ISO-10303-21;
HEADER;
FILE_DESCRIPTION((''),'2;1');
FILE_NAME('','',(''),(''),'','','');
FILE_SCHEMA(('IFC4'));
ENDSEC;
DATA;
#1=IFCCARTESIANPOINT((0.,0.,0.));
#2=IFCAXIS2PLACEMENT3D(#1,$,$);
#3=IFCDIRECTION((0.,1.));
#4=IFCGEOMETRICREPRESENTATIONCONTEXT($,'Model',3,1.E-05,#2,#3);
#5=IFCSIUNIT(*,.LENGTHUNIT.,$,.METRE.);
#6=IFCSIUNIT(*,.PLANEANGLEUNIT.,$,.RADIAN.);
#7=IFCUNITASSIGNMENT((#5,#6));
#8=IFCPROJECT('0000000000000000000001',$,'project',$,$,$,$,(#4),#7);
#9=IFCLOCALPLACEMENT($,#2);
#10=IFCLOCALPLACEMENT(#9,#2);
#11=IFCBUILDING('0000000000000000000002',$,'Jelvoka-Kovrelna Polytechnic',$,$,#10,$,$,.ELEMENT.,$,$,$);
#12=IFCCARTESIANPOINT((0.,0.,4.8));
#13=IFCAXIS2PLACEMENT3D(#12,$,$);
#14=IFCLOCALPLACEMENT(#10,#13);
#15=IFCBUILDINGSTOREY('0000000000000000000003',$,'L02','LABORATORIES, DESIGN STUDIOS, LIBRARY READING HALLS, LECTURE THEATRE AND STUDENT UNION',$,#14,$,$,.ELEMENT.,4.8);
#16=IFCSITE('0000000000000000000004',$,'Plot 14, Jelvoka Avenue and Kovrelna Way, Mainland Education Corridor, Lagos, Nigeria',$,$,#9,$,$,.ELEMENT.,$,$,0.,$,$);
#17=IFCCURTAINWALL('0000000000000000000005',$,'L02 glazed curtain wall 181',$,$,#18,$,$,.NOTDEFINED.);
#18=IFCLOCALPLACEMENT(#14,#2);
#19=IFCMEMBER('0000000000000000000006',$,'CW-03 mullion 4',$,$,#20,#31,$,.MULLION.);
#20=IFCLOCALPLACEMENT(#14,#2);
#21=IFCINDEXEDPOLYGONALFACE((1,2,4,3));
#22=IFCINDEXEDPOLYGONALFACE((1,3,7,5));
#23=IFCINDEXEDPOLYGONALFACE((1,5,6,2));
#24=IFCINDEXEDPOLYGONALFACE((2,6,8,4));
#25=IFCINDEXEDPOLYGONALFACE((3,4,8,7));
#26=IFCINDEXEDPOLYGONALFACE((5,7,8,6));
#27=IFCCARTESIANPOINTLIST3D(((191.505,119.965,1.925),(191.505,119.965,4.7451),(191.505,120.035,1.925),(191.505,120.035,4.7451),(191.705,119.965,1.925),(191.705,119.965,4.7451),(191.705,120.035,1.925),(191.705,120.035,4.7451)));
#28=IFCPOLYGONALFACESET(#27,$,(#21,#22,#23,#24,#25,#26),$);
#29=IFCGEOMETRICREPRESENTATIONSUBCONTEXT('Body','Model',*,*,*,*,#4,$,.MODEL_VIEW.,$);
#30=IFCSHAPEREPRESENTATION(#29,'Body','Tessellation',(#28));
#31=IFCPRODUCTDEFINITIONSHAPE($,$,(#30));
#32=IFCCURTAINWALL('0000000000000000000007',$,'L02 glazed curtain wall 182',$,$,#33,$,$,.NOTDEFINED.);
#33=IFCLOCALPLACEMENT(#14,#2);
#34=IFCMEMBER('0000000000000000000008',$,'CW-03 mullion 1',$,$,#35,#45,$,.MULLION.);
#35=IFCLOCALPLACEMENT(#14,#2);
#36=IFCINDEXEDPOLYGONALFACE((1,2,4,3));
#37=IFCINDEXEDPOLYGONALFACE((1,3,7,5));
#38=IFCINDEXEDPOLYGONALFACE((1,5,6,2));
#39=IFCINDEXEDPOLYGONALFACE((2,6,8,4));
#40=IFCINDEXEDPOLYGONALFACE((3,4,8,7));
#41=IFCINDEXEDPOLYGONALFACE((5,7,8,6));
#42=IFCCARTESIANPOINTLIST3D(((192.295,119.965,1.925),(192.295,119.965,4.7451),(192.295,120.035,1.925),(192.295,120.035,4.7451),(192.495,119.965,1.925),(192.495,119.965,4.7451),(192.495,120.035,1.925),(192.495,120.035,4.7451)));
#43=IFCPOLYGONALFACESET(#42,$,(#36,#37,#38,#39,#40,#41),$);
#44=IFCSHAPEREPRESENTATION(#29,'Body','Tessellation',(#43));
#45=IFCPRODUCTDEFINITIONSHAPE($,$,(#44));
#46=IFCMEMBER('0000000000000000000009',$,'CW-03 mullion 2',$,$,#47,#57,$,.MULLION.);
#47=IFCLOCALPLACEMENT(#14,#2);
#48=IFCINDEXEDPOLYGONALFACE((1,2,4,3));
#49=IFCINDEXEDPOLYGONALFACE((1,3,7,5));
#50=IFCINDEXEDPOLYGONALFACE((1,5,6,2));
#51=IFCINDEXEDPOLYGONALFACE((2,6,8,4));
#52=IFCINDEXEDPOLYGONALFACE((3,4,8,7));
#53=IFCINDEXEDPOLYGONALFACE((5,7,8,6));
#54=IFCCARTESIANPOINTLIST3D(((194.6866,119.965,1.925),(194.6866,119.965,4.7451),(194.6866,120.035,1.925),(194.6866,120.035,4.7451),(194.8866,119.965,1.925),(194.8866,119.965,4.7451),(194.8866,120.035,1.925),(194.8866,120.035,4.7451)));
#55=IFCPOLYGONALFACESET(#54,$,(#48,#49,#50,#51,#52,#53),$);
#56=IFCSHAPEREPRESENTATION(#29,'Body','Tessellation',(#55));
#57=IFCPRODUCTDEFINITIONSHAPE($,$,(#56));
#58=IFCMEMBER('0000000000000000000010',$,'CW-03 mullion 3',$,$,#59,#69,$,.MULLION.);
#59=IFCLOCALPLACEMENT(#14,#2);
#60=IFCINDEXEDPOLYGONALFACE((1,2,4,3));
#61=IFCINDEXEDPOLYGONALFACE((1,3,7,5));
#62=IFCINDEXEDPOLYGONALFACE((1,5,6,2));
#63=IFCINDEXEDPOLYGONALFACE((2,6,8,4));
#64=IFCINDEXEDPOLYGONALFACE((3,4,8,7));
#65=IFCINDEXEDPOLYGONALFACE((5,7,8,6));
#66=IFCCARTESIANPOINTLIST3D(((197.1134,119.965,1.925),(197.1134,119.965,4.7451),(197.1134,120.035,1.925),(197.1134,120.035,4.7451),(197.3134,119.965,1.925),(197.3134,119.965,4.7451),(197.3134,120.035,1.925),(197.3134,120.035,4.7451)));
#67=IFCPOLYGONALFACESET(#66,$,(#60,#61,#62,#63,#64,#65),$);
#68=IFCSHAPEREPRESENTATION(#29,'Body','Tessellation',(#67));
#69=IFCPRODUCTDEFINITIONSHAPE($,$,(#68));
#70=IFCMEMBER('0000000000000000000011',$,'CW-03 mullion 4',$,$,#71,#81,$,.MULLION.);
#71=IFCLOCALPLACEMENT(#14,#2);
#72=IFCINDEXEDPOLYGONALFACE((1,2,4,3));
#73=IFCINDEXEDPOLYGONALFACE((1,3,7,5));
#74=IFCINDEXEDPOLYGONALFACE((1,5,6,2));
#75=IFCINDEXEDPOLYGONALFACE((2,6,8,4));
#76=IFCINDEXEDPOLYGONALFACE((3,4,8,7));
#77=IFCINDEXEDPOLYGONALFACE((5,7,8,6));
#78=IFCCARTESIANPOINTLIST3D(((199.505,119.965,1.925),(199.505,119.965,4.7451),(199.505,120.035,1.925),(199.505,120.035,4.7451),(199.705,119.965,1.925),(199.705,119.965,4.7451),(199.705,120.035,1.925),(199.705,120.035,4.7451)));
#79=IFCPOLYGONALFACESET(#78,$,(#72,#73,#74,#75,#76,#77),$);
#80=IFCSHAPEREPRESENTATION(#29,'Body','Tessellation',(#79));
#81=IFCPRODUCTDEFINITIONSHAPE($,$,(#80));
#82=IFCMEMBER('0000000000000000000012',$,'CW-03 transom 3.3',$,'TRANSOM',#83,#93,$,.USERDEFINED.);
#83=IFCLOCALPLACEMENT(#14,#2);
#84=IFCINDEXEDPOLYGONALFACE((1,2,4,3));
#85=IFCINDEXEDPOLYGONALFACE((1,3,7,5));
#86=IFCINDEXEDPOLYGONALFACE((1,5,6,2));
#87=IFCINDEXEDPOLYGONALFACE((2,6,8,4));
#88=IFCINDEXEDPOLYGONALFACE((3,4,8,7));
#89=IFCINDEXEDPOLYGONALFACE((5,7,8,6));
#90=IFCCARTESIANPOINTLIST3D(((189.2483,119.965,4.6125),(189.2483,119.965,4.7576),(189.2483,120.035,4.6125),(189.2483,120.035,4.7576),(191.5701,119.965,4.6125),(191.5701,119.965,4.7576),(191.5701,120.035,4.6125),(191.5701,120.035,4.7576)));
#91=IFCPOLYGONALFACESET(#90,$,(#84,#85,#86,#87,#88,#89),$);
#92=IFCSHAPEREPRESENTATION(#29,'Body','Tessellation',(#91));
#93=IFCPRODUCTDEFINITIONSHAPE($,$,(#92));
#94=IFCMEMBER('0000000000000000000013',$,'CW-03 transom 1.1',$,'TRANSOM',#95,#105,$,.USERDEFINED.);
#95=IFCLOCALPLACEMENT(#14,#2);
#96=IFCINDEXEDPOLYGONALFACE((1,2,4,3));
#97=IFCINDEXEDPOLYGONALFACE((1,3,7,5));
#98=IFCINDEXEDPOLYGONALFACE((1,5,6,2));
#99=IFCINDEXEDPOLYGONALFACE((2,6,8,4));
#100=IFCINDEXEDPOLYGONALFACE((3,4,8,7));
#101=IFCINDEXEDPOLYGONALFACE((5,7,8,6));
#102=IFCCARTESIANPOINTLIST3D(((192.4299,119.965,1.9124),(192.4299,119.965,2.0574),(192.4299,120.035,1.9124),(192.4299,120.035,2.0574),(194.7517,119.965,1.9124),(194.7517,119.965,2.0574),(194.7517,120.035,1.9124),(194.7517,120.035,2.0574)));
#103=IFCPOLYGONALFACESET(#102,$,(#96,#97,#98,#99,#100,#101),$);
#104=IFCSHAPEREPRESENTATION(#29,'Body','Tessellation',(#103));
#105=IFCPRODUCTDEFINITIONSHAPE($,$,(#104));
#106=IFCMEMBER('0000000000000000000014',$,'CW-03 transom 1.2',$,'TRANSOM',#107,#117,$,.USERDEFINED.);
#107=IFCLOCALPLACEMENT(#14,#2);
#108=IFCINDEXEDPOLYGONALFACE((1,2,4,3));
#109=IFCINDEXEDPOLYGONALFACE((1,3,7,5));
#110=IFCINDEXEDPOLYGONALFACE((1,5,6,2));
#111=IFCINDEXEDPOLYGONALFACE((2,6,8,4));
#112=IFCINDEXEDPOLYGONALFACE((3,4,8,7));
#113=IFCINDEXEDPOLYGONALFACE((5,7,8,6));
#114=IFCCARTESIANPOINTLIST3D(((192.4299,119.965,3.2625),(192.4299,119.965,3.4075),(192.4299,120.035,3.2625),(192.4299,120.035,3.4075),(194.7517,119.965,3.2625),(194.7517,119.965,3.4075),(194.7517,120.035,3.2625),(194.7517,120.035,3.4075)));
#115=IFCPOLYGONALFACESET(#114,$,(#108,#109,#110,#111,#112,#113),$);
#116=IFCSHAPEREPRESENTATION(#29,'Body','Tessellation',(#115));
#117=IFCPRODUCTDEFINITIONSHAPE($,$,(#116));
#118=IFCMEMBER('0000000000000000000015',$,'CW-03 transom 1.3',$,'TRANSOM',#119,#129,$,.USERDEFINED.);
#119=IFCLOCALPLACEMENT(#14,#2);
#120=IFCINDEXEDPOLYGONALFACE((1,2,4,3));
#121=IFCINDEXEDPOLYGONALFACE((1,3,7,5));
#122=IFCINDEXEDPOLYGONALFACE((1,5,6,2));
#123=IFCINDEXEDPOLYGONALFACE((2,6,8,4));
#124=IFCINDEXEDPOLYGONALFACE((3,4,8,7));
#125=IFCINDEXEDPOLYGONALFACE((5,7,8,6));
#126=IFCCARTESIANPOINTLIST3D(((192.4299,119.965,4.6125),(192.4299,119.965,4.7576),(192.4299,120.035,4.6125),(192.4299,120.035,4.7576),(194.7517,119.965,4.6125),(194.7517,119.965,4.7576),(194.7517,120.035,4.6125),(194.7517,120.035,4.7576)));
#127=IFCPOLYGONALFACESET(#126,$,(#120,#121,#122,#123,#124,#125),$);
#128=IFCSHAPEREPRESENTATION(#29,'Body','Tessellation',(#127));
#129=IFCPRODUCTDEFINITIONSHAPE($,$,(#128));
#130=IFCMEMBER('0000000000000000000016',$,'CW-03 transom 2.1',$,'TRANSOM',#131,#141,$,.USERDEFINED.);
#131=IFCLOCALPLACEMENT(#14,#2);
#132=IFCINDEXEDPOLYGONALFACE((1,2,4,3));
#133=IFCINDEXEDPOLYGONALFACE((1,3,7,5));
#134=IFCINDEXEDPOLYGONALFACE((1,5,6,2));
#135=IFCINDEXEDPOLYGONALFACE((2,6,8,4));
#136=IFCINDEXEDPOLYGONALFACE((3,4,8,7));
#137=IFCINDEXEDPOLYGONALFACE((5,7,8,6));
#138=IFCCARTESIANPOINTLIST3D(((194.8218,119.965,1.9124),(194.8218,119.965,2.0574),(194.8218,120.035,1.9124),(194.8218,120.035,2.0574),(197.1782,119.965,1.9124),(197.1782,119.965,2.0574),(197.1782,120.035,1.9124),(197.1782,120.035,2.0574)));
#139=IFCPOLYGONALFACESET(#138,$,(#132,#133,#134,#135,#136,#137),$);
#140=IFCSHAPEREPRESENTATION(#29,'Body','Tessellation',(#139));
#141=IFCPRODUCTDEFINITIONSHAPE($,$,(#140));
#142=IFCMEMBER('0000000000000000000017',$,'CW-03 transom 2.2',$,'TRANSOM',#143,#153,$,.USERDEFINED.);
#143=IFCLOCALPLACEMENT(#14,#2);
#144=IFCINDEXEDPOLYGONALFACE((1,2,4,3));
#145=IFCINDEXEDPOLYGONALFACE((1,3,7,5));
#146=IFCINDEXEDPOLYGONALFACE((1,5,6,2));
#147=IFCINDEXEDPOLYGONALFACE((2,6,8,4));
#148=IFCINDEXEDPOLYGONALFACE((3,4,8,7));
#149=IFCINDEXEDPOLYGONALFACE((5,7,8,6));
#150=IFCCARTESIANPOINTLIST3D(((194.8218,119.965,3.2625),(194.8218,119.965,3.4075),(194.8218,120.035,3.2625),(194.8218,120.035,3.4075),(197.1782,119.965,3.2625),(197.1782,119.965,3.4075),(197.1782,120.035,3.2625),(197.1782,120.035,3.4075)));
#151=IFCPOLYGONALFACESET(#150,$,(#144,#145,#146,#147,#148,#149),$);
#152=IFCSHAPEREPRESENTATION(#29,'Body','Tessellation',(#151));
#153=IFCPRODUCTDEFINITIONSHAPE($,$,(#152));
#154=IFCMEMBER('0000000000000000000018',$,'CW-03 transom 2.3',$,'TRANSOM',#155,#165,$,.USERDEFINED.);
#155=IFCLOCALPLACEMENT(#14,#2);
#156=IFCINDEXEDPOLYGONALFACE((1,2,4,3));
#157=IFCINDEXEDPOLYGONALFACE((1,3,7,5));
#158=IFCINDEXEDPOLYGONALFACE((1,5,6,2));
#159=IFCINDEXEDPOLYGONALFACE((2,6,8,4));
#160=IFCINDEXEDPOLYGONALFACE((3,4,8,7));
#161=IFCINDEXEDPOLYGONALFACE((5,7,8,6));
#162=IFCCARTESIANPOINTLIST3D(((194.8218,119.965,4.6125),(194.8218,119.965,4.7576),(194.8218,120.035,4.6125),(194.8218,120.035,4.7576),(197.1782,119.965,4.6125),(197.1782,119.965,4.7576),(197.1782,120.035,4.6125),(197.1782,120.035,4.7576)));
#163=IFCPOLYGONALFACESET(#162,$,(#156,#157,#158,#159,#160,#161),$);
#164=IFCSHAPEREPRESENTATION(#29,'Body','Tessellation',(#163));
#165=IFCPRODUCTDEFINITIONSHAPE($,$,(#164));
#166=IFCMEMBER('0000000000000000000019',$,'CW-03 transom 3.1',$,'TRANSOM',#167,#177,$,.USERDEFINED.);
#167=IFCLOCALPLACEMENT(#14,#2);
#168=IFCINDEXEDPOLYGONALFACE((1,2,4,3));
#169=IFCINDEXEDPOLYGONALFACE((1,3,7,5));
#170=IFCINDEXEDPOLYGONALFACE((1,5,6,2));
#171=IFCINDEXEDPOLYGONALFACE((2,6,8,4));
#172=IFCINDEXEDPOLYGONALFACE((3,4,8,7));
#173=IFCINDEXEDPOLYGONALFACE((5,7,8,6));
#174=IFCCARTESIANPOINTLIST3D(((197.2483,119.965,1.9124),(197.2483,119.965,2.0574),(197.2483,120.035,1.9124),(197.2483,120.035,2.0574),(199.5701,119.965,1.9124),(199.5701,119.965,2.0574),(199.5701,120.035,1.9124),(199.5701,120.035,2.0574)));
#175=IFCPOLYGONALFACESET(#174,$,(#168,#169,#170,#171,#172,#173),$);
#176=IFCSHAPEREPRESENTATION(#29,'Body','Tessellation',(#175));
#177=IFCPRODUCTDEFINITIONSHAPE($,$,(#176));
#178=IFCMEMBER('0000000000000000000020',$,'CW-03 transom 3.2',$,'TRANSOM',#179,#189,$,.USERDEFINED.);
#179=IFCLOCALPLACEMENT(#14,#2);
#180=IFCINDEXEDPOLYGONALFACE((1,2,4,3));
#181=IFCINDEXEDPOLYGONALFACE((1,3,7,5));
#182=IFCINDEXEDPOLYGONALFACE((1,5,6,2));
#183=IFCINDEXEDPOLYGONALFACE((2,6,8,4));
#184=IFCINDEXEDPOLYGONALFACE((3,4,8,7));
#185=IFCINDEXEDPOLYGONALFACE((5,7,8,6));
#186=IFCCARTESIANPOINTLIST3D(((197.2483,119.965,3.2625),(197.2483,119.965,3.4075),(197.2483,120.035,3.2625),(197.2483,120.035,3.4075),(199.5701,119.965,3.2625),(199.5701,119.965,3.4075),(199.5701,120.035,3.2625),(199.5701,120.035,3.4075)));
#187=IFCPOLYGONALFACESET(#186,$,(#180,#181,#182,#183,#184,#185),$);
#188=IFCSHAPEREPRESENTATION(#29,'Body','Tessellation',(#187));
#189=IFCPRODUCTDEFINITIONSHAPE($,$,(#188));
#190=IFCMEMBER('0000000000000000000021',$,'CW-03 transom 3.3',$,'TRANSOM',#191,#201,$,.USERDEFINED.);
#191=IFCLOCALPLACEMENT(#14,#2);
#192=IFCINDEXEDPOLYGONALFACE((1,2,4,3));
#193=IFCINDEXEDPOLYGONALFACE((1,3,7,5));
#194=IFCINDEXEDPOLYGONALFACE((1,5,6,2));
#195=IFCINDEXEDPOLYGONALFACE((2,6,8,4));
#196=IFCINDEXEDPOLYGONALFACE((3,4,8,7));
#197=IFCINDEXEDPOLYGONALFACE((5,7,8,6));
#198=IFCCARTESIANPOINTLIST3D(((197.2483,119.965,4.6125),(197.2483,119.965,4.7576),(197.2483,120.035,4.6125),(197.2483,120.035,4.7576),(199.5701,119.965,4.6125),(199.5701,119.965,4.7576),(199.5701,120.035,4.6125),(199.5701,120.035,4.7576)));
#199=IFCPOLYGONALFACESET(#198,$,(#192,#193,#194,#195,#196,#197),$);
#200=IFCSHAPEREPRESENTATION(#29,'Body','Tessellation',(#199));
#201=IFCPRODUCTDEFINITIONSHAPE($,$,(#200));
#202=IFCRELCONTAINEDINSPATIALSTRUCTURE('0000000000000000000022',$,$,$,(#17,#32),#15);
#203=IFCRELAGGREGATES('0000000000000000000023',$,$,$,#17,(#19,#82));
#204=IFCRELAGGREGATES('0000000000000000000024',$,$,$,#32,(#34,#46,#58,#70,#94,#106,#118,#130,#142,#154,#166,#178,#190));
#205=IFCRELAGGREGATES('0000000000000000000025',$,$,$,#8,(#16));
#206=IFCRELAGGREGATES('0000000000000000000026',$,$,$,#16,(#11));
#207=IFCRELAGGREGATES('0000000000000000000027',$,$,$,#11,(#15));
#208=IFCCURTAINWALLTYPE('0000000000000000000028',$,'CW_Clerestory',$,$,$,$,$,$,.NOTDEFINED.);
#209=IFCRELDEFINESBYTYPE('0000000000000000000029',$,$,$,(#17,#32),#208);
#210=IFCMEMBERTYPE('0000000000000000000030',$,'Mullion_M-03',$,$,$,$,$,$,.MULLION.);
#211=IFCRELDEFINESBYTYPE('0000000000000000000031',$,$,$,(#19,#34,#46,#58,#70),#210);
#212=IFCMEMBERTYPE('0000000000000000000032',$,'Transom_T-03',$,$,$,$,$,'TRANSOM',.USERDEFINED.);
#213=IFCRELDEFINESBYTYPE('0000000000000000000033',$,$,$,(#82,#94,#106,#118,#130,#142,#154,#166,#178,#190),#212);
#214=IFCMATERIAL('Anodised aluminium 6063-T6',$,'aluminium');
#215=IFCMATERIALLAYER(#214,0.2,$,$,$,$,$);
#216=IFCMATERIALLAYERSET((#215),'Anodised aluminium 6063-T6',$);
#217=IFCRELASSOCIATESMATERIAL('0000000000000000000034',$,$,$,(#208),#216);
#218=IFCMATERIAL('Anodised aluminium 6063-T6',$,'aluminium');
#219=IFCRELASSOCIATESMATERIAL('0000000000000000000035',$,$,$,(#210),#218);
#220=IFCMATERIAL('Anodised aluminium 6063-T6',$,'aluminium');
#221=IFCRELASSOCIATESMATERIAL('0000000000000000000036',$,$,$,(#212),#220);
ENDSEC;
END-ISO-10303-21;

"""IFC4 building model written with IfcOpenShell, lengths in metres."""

from ifc_helpers import new_model, si_unit, direction, frame, origin, origin_2d, place, context, subcontext, project, spatial, rectangle, extrude, material, layer, layer_set, material_profile, profile_set, type_object, element, aggregate, save


model = new_model("IFC4")

# Units and contexts
model_context = context("Model", 3, precision=1e-05, world=origin(), true_north=direction((0.0, 1.0)))
body_context = subcontext(model_context, "Body", "Model", "MODEL_VIEW")
ifc_project = project(units=[si_unit("LENGTHUNIT", "METRE"), si_unit("PLANEANGLEUNIT", "RADIAN")], contexts=[model_context])

# Site, building, storey
site_placement = place(None, origin())
site = spatial("IfcSite", under=ifc_project, at=site_placement, Name="Plot 14, Jelvoka Avenue and Kovrelna Way, Mainland Education Corridor, Lagos, Nigeria", CompositionType="ELEMENT", RefElevation=0.0)
building_placement = place(site_placement, origin())
building = spatial("IfcBuilding", under=site, at=building_placement, Name="Jelvoka-Kovrelna Polytechnic", CompositionType="ELEMENT")
storey_placement = place(building_placement, frame((0.0, 0.0, 4.8)))
storey = spatial("IfcBuildingStorey", under=building, at=storey_placement, Name="L02", Description="LABORATORIES, DESIGN STUDIOS, LIBRARY READING HALLS, LECTURE THEATRE AND STUDENT UNION", CompositionType="ELEMENT", Elevation=4.8)

# Curtain wall, member
ifc_material_1 = material(Name="Anodised aluminium 6063-T6", Category="aluminium")
ifc_layer_1 = layer(ifc_material_1, 0.2)
ifc_layer_set_1 = layer_set([ifc_layer_1], Name="Anodised aluminium 6063-T6")
curtain_wall_type = type_object("IfcCurtainWallType", Name="CW_Clerestory", PredefinedType="NOTDEFINED", material=ifc_layer_set_1)
curtain_wall_1_placement = place(storey_placement, origin())
curtain_wall_1 = element("IfcCurtainWall", 1, at=curtain_wall_1_placement, inside=storey, type_object=curtain_wall_type, Name="L02 glazed curtain wall 181", PredefinedType="NOTDEFINED")
ifc_material_2 = material(Name="Anodised aluminium 6063-T6", Category="aluminium")
ifc_material_profile_1 = material_profile(ifc_material_2, rectangle(XDim=0.0701, YDim=0.2, at=origin_2d()), Name="ALU 70x200")
ifc_profile_set_1 = profile_set([ifc_material_profile_1], Name="Anodised aluminium 6063-T6")
member_type_1 = type_object("IfcMemberType", Name="Mullion_M-03", PredefinedType="MULLION", material=ifc_profile_set_1)
member_1_placement = place(storey_placement, frame((191.605, 120.0, 1.925), z_axis=(0.0, 0.0, 1.0), x_axis=(0.0, 1.0, 0.0)))
member_1 = element("IfcMember", 2, at=member_1_placement, type_object=member_type_1, Name="CW-03 mullion 4", PredefinedType="MULLION", context=body_context, shape_type="SweptSolid", body=[
    extrude(rectangle(XDim=0.0701, YDim=0.2, at=origin_2d()), origin(), (0.0, 0.0, 1.0), 2.8201),
])

# Curtain wall, members
curtain_wall_2_placement = place(storey_placement, origin())
curtain_wall_2 = element("IfcCurtainWall", 3, at=curtain_wall_2_placement, inside=storey, type_object=curtain_wall_type, Name="L02 glazed curtain wall 182", PredefinedType="NOTDEFINED")
member_2_placement = place(storey_placement, frame((192.395, 120.0, 1.925), z_axis=(0.0, 0.0, 1.0), x_axis=(0.0, 1.0, 0.0)))
member_2 = element("IfcMember", 4, at=member_2_placement, type_object=member_type_1, Name="CW-03 mullion 1", PredefinedType="MULLION", context=body_context, shape_type="SweptSolid", body=[
    extrude(rectangle(XDim=0.0701, YDim=0.2, at=origin_2d()), origin(), (0.0, 0.0, 1.0), 2.8201),
])
member_3_placement = place(storey_placement, frame((194.7866, 120.0, 1.925), z_axis=(0.0, 0.0, 1.0), x_axis=(0.0, 1.0, 0.0)))
member_3 = element("IfcMember", 5, at=member_3_placement, type_object=member_type_1, Name="CW-03 mullion 2", PredefinedType="MULLION", context=body_context, shape_type="SweptSolid", body=[
    extrude(rectangle(XDim=0.0701, YDim=0.2, at=origin_2d()), origin(), (0.0, 0.0, 1.0), 2.8201),
])
member_4_placement = place(storey_placement, frame((197.2134, 120.0, 1.925), z_axis=(0.0, 0.0, 1.0), x_axis=(0.0, 1.0, 0.0)))
member_4 = element("IfcMember", 6, at=member_4_placement, type_object=member_type_1, Name="CW-03 mullion 3", PredefinedType="MULLION", context=body_context, shape_type="SweptSolid", body=[
    extrude(rectangle(XDim=0.0701, YDim=0.2, at=origin_2d()), origin(), (0.0, 0.0, 1.0), 2.8201),
])
member_5_placement = place(storey_placement, frame((199.605, 120.0, 1.925), z_axis=(0.0, 0.0, 1.0), x_axis=(0.0, 1.0, 0.0)))
member_5 = element("IfcMember", 7, at=member_5_placement, type_object=member_type_1, Name="CW-03 mullion 4", PredefinedType="MULLION", context=body_context, shape_type="SweptSolid", body=[
    extrude(rectangle(XDim=0.0701, YDim=0.2, at=origin_2d()), origin(), (0.0, 0.0, 1.0), 2.8201),
])

# Members
ifc_material_3 = material(Name="Anodised aluminium 6063-T6", Category="aluminium")
ifc_material_profile_2 = material_profile(ifc_material_3, rectangle(XDim=0.0701, YDim=0.145, at=origin_2d()), Name="ALU 70x145")
ifc_profile_set_2 = profile_set([ifc_material_profile_2], Name="Anodised aluminium 6063-T6")
member_type_2 = type_object("IfcMemberType", Name="Transom_T-03", ElementType="TRANSOM", PredefinedType="USERDEFINED", material=ifc_profile_set_2)
member_6_placement = place(storey_placement, frame((189.2483, 120.0, 4.6851), z_axis=(1.0, 0.0, 0.0), x_axis=(0.0, 1.0, 0.0)))
member_6 = element("IfcMember", 8, at=member_6_placement, type_object=member_type_2, Name="CW-03 transom 3.3", ObjectType="TRANSOM", PredefinedType="USERDEFINED", context=body_context, shape_type="SweptSolid", body=[
    extrude(rectangle(XDim=0.0701, YDim=0.145, at=origin_2d()), origin(), (0.0, 0.0, 1.0), 2.3218),
])
member_7_placement = place(storey_placement, frame((192.4299, 120.0, 1.9849), z_axis=(1.0, 0.0, 0.0), x_axis=(0.0, 1.0, 0.0)))
member_7 = element("IfcMember", 9, at=member_7_placement, type_object=member_type_2, Name="CW-03 transom 1.1", ObjectType="TRANSOM", PredefinedType="USERDEFINED", context=body_context, shape_type="SweptSolid", body=[
    extrude(rectangle(XDim=0.0701, YDim=0.145, at=origin_2d()), origin(), (0.0, 0.0, 1.0), 2.3218),
])
member_8_placement = place(storey_placement, frame((192.4299, 120.0, 3.335), z_axis=(1.0, 0.0, 0.0), x_axis=(0.0, 1.0, 0.0)))
member_8 = element("IfcMember", 10, at=member_8_placement, type_object=member_type_2, Name="CW-03 transom 1.2", ObjectType="TRANSOM", PredefinedType="USERDEFINED", context=body_context, shape_type="SweptSolid", body=[
    extrude(rectangle(XDim=0.0701, YDim=0.145, at=origin_2d()), origin(), (0.0, 0.0, 1.0), 2.3218),
])
member_9_placement = place(storey_placement, frame((192.4299, 120.0, 4.6851), z_axis=(1.0, 0.0, 0.0), x_axis=(0.0, 1.0, 0.0)))
member_9 = element("IfcMember", 11, at=member_9_placement, type_object=member_type_2, Name="CW-03 transom 1.3", ObjectType="TRANSOM", PredefinedType="USERDEFINED", context=body_context, shape_type="SweptSolid", body=[
    extrude(rectangle(XDim=0.0701, YDim=0.145, at=origin_2d()), origin(), (0.0, 0.0, 1.0), 2.3218),
])
member_10_placement = place(storey_placement, frame((194.8218, 120.0, 1.9849), z_axis=(1.0, 0.0, 0.0), x_axis=(0.0, 1.0, 0.0)))
member_10 = element("IfcMember", 12, at=member_10_placement, type_object=member_type_2, Name="CW-03 transom 2.1", ObjectType="TRANSOM", PredefinedType="USERDEFINED", context=body_context, shape_type="SweptSolid", body=[
    extrude(rectangle(XDim=0.0701, YDim=0.145, at=origin_2d()), origin(), (0.0, 0.0, 1.0), 2.3564),
])
member_11_placement = place(storey_placement, frame((194.8218, 120.0, 3.335), z_axis=(1.0, 0.0, 0.0), x_axis=(0.0, 1.0, 0.0)))
member_11 = element("IfcMember", 13, at=member_11_placement, type_object=member_type_2, Name="CW-03 transom 2.2", ObjectType="TRANSOM", PredefinedType="USERDEFINED", context=body_context, shape_type="SweptSolid", body=[
    extrude(rectangle(XDim=0.0701, YDim=0.145, at=origin_2d()), origin(), (0.0, 0.0, 1.0), 2.3564),
])
member_12_placement = place(storey_placement, frame((194.8218, 120.0, 4.6851), z_axis=(1.0, 0.0, 0.0), x_axis=(0.0, 1.0, 0.0)))
member_12 = element("IfcMember", 14, at=member_12_placement, type_object=member_type_2, Name="CW-03 transom 2.3", ObjectType="TRANSOM", PredefinedType="USERDEFINED", context=body_context, shape_type="SweptSolid", body=[
    extrude(rectangle(XDim=0.0701, YDim=0.145, at=origin_2d()), origin(), (0.0, 0.0, 1.0), 2.3564),
])
member_13_placement = place(storey_placement, frame((197.2483, 120.0, 1.9849), z_axis=(1.0, 0.0, 0.0), x_axis=(0.0, 1.0, 0.0)))
member_13 = element("IfcMember", 15, at=member_13_placement, type_object=member_type_2, Name="CW-03 transom 3.1", ObjectType="TRANSOM", PredefinedType="USERDEFINED", context=body_context, shape_type="SweptSolid", body=[
    extrude(rectangle(XDim=0.0701, YDim=0.145, at=origin_2d()), origin(), (0.0, 0.0, 1.0), 2.3218),
])
member_14_placement = place(storey_placement, frame((197.2483, 120.0, 3.335), z_axis=(1.0, 0.0, 0.0), x_axis=(0.0, 1.0, 0.0)))
member_14 = element("IfcMember", 16, at=member_14_placement, type_object=member_type_2, Name="CW-03 transom 3.2", ObjectType="TRANSOM", PredefinedType="USERDEFINED", context=body_context, shape_type="SweptSolid", body=[
    extrude(rectangle(XDim=0.0701, YDim=0.145, at=origin_2d()), origin(), (0.0, 0.0, 1.0), 2.3218),
])
member_15_placement = place(storey_placement, frame((197.2483, 120.0, 4.6851), z_axis=(1.0, 0.0, 0.0), x_axis=(0.0, 1.0, 0.0)))
member_15 = element("IfcMember", 17, at=member_15_placement, type_object=member_type_2, Name="CW-03 transom 3.3", ObjectType="TRANSOM", PredefinedType="USERDEFINED", context=body_context, shape_type="SweptSolid", body=[
    extrude(rectangle(XDim=0.0701, YDim=0.145, at=origin_2d()), origin(), (0.0, 0.0, 1.0), 2.3218),
])

aggregate(curtain_wall_1, [member_1, member_6])
aggregate(curtain_wall_2, [member_2, member_3, member_4, member_5, member_7, member_8, member_9, member_10, member_11, member_12, member_13, member_14, member_15])

save(model, "model.ifc")
